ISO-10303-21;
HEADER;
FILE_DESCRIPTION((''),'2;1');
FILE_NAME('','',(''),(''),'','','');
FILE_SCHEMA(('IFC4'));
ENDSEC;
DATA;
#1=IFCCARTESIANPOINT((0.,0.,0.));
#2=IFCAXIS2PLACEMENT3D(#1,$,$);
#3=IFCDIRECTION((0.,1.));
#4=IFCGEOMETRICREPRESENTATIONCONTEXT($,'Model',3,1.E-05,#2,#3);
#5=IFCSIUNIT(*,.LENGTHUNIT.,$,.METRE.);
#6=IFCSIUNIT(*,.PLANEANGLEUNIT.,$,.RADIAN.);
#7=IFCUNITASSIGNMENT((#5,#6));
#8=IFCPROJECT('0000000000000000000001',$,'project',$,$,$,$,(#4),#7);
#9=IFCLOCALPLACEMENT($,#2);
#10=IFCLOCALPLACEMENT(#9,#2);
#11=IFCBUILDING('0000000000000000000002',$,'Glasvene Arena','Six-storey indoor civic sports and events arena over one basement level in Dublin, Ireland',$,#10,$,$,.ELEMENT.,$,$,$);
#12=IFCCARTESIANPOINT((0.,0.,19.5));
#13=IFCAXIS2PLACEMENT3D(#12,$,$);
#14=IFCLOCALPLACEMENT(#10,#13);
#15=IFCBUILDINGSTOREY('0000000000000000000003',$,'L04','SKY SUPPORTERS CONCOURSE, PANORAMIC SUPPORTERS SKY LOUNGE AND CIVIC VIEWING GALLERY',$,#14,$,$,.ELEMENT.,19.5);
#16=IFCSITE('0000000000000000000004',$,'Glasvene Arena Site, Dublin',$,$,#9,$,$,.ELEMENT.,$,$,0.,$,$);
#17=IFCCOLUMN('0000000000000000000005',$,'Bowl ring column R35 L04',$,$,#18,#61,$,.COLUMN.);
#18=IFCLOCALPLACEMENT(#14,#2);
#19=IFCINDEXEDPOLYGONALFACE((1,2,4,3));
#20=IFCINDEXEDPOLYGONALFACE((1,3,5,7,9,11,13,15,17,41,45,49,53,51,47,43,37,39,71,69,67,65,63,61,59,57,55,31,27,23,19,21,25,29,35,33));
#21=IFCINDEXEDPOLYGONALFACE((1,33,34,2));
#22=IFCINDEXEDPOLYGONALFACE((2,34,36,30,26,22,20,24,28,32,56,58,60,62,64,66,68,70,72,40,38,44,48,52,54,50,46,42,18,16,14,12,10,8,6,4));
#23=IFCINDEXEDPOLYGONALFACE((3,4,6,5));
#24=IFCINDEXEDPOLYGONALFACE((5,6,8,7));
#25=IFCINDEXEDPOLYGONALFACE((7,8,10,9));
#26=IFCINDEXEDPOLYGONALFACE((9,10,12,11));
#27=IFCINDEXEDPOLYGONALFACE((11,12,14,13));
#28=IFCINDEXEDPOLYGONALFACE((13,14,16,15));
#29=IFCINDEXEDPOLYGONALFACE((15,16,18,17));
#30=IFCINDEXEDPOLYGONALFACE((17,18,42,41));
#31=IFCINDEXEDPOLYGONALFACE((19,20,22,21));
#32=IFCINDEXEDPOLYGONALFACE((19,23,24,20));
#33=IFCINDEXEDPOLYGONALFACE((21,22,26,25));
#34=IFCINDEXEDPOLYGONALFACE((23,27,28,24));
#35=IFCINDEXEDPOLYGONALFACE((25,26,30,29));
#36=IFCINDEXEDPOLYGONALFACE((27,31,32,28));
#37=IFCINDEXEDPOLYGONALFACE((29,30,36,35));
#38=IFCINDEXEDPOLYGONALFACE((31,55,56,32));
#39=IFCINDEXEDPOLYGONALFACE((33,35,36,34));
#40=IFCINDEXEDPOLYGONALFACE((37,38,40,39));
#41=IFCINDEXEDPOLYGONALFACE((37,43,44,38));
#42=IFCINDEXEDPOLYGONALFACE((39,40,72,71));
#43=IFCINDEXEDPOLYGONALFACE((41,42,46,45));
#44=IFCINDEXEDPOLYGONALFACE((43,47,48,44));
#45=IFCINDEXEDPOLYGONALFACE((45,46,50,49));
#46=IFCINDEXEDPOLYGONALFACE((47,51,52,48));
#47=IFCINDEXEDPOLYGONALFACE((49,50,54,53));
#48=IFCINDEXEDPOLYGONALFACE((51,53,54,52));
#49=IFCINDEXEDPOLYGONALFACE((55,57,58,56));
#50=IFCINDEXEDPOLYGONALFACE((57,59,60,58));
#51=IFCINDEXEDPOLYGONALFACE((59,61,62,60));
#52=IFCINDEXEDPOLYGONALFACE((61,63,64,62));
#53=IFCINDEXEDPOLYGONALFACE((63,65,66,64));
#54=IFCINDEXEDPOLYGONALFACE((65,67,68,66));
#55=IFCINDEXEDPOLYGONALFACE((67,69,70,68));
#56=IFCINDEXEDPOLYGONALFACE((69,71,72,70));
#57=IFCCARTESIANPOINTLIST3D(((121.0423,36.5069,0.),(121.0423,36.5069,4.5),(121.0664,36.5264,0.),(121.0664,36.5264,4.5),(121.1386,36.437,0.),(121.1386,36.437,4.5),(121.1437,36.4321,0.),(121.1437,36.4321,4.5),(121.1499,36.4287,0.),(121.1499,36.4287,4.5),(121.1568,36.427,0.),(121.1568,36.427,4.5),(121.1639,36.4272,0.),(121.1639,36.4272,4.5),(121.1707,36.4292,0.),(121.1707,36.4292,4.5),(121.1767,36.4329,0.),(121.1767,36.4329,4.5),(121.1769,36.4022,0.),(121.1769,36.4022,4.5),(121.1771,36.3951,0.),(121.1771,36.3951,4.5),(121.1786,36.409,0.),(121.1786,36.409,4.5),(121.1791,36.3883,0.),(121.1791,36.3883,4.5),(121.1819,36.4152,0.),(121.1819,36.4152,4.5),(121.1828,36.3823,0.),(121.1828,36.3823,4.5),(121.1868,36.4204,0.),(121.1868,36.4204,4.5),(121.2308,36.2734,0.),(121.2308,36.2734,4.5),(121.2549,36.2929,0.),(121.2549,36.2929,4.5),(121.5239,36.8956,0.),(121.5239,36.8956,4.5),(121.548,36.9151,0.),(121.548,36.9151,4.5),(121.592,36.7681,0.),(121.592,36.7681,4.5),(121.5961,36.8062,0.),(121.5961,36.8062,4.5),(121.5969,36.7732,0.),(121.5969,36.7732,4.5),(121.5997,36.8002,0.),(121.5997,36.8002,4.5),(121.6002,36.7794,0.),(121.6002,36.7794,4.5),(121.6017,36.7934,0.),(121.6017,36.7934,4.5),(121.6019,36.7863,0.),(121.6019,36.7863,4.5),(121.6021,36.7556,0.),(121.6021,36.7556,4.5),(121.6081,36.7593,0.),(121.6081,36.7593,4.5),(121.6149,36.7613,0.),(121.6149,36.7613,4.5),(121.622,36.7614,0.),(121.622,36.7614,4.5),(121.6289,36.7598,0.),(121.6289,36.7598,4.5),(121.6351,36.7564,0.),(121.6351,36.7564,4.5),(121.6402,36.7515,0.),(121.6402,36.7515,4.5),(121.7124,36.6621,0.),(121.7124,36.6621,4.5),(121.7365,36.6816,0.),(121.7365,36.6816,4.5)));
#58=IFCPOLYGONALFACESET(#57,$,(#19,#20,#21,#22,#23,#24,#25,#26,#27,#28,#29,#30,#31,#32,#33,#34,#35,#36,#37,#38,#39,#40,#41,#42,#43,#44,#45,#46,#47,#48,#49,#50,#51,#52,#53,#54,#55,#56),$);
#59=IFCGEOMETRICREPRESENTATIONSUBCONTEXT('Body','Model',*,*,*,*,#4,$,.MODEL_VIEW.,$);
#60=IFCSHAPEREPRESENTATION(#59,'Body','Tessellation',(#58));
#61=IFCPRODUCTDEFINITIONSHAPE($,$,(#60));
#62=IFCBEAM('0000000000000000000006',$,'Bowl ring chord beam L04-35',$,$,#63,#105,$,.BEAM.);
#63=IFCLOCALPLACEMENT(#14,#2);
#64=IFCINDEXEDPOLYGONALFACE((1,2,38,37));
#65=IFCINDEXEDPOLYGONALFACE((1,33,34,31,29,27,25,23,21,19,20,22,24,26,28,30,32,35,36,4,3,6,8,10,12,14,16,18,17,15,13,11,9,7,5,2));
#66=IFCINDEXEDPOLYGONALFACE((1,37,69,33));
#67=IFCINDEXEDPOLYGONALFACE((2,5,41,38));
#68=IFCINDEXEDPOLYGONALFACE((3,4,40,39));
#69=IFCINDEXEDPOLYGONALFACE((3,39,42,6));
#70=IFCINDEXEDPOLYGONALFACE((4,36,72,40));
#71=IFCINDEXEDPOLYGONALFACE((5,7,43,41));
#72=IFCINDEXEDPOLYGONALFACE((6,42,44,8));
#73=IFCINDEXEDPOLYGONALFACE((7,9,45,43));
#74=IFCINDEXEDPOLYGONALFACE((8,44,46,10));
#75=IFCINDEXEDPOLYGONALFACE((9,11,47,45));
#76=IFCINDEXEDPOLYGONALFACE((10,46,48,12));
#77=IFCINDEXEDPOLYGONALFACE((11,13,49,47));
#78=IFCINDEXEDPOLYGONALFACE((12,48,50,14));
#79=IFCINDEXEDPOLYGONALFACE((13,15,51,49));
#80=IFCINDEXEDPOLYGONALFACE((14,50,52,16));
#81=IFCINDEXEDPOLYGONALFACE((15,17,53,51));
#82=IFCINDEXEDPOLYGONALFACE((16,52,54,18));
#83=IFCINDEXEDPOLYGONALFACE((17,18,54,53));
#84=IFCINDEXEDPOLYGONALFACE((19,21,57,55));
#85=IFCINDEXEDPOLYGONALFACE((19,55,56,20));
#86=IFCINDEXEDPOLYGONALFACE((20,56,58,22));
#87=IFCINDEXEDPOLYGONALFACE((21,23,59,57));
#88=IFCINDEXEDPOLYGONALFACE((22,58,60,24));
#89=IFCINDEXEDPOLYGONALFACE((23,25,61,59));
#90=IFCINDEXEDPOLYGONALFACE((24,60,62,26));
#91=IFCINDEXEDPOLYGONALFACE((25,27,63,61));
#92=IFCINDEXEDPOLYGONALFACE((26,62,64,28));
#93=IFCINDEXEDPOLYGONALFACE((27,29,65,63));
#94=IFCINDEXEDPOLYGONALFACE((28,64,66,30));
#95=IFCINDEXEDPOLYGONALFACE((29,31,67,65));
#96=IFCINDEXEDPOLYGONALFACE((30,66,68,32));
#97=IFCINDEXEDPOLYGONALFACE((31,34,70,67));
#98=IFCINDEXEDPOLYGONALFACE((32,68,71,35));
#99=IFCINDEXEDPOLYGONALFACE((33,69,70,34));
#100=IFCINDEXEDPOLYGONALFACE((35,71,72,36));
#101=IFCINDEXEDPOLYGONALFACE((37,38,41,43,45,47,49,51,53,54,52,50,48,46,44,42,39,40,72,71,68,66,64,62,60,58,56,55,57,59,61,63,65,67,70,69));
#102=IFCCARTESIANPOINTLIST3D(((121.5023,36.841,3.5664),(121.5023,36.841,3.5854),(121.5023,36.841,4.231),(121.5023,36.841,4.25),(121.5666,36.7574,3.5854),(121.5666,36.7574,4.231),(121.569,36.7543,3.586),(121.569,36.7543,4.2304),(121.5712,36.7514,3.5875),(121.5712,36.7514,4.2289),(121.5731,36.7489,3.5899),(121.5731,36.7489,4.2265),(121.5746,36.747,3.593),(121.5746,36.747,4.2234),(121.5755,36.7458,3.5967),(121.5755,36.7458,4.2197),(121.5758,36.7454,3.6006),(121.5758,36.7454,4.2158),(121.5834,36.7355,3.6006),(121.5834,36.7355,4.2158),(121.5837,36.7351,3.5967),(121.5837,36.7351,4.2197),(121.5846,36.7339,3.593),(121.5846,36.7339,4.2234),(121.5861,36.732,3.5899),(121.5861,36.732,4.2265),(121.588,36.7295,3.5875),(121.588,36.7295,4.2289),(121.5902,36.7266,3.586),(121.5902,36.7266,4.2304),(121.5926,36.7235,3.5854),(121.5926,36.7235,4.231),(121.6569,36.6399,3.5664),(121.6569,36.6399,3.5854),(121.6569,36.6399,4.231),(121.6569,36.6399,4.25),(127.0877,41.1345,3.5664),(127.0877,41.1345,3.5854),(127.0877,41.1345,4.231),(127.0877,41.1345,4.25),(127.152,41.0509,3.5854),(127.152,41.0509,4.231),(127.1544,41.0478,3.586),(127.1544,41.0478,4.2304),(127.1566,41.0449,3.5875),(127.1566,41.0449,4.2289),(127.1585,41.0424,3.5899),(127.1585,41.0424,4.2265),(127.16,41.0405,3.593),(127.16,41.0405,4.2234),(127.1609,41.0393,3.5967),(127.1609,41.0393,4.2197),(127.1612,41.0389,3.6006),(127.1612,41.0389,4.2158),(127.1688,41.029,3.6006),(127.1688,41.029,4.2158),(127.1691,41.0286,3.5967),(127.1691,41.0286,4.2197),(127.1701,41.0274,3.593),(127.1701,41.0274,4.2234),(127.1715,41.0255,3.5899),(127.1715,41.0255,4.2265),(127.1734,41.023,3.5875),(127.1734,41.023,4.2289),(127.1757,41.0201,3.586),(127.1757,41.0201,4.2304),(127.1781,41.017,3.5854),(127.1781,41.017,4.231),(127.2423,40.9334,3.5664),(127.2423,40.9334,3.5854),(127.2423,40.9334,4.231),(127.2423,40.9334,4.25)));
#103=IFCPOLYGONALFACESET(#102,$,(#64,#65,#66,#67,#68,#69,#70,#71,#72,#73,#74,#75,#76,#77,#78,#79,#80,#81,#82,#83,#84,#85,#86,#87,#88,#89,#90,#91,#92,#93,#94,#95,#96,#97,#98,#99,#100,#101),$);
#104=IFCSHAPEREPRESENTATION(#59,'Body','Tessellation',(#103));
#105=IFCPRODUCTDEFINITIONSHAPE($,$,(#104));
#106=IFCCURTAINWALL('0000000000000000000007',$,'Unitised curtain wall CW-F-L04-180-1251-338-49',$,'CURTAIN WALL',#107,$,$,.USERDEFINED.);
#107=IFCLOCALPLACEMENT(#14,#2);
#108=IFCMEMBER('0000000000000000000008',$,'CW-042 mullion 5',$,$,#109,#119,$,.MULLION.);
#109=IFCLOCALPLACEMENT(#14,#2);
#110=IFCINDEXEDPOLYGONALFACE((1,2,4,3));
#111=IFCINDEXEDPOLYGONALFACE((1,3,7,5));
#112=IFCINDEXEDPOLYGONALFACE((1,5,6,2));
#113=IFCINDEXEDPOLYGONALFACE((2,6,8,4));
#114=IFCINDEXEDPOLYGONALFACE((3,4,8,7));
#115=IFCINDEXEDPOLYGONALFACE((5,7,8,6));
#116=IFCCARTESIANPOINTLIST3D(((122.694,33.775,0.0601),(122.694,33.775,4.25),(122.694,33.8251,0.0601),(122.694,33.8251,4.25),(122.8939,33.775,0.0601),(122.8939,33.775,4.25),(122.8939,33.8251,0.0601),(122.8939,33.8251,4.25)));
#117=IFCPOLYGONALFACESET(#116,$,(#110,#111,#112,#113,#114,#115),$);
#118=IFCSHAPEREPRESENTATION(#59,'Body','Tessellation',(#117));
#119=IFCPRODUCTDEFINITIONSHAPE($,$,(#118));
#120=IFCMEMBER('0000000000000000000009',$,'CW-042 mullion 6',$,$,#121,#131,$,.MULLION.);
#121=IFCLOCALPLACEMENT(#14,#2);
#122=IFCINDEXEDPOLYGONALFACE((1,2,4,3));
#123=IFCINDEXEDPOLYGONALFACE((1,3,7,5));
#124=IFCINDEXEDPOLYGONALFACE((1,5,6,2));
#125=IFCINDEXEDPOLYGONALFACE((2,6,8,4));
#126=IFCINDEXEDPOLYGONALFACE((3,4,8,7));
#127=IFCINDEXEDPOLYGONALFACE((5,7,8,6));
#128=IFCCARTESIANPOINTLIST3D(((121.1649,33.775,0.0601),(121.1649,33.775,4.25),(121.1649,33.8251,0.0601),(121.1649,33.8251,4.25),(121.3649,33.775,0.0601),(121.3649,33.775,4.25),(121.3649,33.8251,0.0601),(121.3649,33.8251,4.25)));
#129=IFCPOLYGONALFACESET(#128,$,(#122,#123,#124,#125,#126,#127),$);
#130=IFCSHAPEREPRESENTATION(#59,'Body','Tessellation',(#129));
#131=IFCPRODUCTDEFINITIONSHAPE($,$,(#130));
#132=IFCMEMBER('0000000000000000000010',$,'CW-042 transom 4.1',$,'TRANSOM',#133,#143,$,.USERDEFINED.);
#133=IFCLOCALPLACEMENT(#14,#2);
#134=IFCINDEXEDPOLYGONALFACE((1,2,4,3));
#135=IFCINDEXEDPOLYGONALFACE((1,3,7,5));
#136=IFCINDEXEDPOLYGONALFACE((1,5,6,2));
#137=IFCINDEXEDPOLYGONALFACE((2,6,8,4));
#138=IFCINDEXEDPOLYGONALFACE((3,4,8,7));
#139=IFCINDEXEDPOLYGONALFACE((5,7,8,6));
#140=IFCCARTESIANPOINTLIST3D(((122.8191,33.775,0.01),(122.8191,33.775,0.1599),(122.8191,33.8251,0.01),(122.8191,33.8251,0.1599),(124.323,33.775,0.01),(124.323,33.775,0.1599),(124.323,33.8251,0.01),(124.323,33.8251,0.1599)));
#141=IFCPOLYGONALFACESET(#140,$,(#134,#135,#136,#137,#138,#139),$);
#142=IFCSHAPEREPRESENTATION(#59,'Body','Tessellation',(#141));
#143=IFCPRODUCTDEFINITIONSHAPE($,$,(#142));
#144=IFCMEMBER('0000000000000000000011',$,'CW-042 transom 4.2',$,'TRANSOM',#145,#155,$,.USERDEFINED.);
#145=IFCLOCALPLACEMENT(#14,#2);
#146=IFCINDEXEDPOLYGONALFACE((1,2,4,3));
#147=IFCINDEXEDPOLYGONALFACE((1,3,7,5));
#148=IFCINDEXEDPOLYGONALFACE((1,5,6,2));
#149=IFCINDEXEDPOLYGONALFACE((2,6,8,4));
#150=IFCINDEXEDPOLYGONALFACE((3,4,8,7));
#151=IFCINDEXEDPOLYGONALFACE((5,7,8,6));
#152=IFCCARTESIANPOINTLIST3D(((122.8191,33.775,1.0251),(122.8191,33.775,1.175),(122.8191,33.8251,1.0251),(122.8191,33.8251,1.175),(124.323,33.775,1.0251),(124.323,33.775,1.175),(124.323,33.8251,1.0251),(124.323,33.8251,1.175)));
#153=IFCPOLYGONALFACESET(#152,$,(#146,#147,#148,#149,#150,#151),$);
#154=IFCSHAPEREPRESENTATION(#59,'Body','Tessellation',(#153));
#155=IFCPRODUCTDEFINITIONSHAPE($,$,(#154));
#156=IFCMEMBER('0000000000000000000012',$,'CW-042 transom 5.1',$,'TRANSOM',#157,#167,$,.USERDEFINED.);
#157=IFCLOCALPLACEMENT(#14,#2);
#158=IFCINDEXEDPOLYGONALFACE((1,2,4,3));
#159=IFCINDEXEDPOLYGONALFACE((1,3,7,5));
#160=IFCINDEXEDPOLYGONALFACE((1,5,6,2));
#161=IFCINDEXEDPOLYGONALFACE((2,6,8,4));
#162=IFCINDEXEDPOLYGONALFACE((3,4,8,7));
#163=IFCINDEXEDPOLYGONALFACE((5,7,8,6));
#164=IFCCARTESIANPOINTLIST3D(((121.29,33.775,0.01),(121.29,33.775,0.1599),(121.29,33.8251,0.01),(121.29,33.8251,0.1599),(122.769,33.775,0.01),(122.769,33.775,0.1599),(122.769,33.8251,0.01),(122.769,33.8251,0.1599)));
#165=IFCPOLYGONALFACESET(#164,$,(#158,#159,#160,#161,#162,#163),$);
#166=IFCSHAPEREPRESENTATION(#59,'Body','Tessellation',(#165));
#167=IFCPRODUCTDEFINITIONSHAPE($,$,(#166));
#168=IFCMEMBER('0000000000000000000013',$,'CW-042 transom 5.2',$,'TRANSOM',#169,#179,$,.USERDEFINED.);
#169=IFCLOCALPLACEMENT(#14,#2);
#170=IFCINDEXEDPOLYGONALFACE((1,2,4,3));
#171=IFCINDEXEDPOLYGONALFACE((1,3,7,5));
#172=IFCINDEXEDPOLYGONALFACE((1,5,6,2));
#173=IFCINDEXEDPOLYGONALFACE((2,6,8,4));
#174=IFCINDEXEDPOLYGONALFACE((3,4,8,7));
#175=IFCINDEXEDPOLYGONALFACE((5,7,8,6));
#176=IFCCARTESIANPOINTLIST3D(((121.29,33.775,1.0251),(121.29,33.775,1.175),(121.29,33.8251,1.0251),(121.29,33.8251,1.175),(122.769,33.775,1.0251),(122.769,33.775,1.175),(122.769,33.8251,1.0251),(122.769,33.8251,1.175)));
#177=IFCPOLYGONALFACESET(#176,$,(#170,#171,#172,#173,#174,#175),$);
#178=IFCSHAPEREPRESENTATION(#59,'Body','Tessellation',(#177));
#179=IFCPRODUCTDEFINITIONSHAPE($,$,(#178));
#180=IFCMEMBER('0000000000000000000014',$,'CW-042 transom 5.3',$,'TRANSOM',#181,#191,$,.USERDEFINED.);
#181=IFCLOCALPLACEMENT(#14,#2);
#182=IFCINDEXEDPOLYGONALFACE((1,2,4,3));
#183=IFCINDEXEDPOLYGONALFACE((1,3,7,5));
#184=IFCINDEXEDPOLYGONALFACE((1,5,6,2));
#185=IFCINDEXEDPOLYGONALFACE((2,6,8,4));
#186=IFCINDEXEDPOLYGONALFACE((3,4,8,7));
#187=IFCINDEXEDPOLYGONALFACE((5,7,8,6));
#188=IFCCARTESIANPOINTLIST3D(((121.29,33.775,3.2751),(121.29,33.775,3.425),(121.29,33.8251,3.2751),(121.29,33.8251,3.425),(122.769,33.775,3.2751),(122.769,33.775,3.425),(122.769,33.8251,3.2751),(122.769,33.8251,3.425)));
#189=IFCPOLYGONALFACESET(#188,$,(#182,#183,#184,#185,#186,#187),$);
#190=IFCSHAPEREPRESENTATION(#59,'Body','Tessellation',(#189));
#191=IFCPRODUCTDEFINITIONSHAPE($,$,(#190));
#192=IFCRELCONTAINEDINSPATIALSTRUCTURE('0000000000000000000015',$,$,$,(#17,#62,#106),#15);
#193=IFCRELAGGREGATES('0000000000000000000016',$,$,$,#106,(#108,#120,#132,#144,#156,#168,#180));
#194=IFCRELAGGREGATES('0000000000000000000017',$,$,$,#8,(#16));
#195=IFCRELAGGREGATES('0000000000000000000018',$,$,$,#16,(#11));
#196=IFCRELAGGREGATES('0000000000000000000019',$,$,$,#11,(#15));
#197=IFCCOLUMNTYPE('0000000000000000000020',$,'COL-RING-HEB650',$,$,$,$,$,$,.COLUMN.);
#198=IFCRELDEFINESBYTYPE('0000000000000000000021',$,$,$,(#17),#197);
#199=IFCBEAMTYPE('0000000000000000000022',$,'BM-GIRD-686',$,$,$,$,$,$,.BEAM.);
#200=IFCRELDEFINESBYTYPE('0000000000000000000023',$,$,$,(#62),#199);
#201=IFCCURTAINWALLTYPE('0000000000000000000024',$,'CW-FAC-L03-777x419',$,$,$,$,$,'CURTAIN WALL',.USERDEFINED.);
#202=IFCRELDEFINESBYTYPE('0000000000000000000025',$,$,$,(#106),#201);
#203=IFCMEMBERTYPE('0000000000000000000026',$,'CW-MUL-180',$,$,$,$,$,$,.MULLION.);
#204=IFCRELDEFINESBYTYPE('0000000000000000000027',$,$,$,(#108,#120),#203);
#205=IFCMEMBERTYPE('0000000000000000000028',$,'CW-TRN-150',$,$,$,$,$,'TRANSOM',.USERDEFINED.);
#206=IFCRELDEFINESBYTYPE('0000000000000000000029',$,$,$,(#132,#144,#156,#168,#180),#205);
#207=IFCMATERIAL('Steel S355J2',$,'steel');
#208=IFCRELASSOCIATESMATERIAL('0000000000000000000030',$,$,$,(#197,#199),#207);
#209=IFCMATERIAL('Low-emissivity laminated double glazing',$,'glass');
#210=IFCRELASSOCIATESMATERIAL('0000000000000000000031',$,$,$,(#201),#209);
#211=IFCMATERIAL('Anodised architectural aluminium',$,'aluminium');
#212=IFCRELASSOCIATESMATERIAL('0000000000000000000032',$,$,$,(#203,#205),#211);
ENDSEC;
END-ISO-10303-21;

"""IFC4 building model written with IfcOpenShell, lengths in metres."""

from ifc_helpers import new_model, si_unit, direction, frame, origin, origin_2d, place, context, subcontext, project, spatial, rectangle, i_section, extrude, material, material_profile, profile_set, type_object, element, aggregate, save


model = new_model("IFC4")

# Units and contexts
model_context = context("Model", 3, precision=1e-05, world=origin(), true_north=direction((0.0, 1.0)))
body_context = subcontext(model_context, "Body", "Model", "MODEL_VIEW")
ifc_project = project(units=[si_unit("LENGTHUNIT", "METRE"), si_unit("PLANEANGLEUNIT", "RADIAN")], contexts=[model_context])

# Site, building, storey
site_placement = place(None, origin())
site = spatial("IfcSite", under=ifc_project, at=site_placement, Name="Glasvene Arena Site, Dublin", CompositionType="ELEMENT", RefElevation=0.0)
building_placement = place(site_placement, origin())
building = spatial("IfcBuilding", under=site, at=building_placement, Name="Glasvene Arena", Description="Six-storey indoor civic sports and events arena over one basement level in Dublin, Ireland", CompositionType="ELEMENT")
storey_placement = place(building_placement, frame((0.0, 0.0, 19.5)))
storey = spatial("IfcBuildingStorey", under=building, at=storey_placement, Name="L04", Description="SKY SUPPORTERS CONCOURSE, PANORAMIC SUPPORTERS SKY LOUNGE AND CIVIC VIEWING GALLERY", CompositionType="ELEMENT", Elevation=19.5)

# Column
ifc_material_1 = material(Name="Steel S355J2", Category="steel")
ifc_material_profile_1 = material_profile(ifc_material_1, i_section(OverallWidth=0.3, OverallDepth=0.6499, WebThickness=0.0161, FlangeThickness=0.031, FilletRadius=0.0271, at=origin_2d()), Name="HEB 650")
ifc_profile_set_1 = profile_set([ifc_material_profile_1], Name="Steel S355J2")
column_type = type_object("IfcColumnType", Name="COL-RING-HEB650", PredefinedType="COLUMN", material=ifc_profile_set_1)
column_placement = place(storey_placement, frame((121.3894, 36.5942, 0.0), z_axis=(0.0, 0.0, 1.0), x_axis=(0.628099, -0.778134, 0.0)))
element("IfcColumn", 1, at=column_placement, inside=storey, type_object=column_type, Name="Bowl ring column R35 L04", PredefinedType="COLUMN", context=body_context, shape_type="SweptSolid", body=[
    extrude(i_section(OverallWidth=0.3, OverallDepth=0.6499, WebThickness=0.0161, FlangeThickness=0.031, FilletRadius=0.0271, at=origin_2d()), origin(), (0.0, 0.0, 1.0), 4.5),
])

# Beam
ifc_material_profile_2 = material_profile(ifc_material_1, i_section(OverallWidth=0.2537, OverallDepth=0.6836, WebThickness=0.0125, FlangeThickness=0.019, FilletRadius=0.0151, at=origin_2d()), Name="UKB 686x254x140")
ifc_profile_set_2 = profile_set([ifc_material_profile_2], Name="Steel S355J2")
beam_type = type_object("IfcBeamType", Name="BM-GIRD-686", PredefinedType="BEAM", material=ifc_profile_set_2)
beam_placement = place(storey_placement, frame((121.5796, 36.7405, 3.9082), z_axis=(0.792833, 0.609439, 0.0), x_axis=(-0.609439, 0.792833, 0.0)))
element("IfcBeam", 2, at=beam_placement, inside=storey, type_object=beam_type, Name="Bowl ring chord beam L04-35", PredefinedType="BEAM", context=body_context, shape_type="SweptSolid", body=[
    extrude(i_section(OverallWidth=0.2537, OverallDepth=0.6836, WebThickness=0.0125, FlangeThickness=0.019, FilletRadius=0.0151, at=origin_2d()), origin(), (0.0, 0.0, 1.0), 7.0449),
])

# Curtain wall, members
ifc_material_2 = material(Name="Low-emissivity laminated double glazing", Category="glass")
curtain_wall_type = type_object("IfcCurtainWallType", Name="CW-FAC-L03-777x419", ElementType="CURTAIN WALL", PredefinedType="USERDEFINED", material=ifc_material_2)
curtain_wall_placement = place(storey_placement, frame((129.01, 33.8, 0.0)))
curtain_wall = element("IfcCurtainWall", 3, at=curtain_wall_placement, inside=storey, type_object=curtain_wall_type, Name="Unitised curtain wall CW-F-L04-180-1251-338-49", ObjectType="CURTAIN WALL", PredefinedType="USERDEFINED")
ifc_material_3 = material(Name="Anodised architectural aluminium", Category="aluminium")
ifc_material_profile_3 = material_profile(ifc_material_3, rectangle(XDim=0.05, YDim=0.2, at=origin_2d()), Name="ALU MULLION 50x200")
ifc_profile_set_3 = profile_set([ifc_material_profile_3], Name="Anodised architectural aluminium")
member_type_1 = type_object("IfcMemberType", Name="CW-MUL-180", PredefinedType="MULLION", material=ifc_profile_set_3)
member_1_placement = place(storey_placement, frame((122.7939, 33.8, 0.0601), z_axis=(0.0, 0.0, 1.0), x_axis=(0.0, -1.0, 0.0)))
member_1 = element("IfcMember", 4, at=member_1_placement, type_object=member_type_1, Name="CW-042 mullion 5", PredefinedType="MULLION", context=body_context, shape_type="SweptSolid", body=[
    extrude(rectangle(XDim=0.05, YDim=0.2, at=origin_2d()), origin(), (0.0, 0.0, 1.0), 4.1899),
])
member_2_placement = place(storey_placement, frame((121.2649, 33.8, 0.0601), z_axis=(0.0, 0.0, 1.0), x_axis=(0.0, -1.0, 0.0)))
member_2 = element("IfcMember", 5, at=member_2_placement, type_object=member_type_1, Name="CW-042 mullion 6", PredefinedType="MULLION", context=body_context, shape_type="SweptSolid", body=[
    extrude(rectangle(XDim=0.05, YDim=0.2, at=origin_2d()), origin(), (0.0, 0.0, 1.0), 4.1899),
])
ifc_material_profile_4 = material_profile(ifc_material_3, rectangle(XDim=0.05, YDim=0.1499, at=origin_2d()), Name="ALU TRANSOM 50x150")
ifc_profile_set_4 = profile_set([ifc_material_profile_4], Name="Anodised architectural aluminium")
member_type_2 = type_object("IfcMemberType", Name="CW-TRN-150", ElementType="TRANSOM", PredefinedType="USERDEFINED", material=ifc_profile_set_4)
member_3_placement = place(storey_placement, frame((124.323, 33.8, 0.085), z_axis=(-1.0, 0.0, 0.0), x_axis=(0.0, -1.0, 0.0)))
member_3 = element("IfcMember", 6, at=member_3_placement, type_object=member_type_2, Name="CW-042 transom 4.1", ObjectType="TRANSOM", PredefinedType="USERDEFINED", context=body_context, shape_type="SweptSolid", body=[
    extrude(rectangle(XDim=0.05, YDim=0.1499, at=origin_2d()), origin(), (0.0, 0.0, 1.0), 1.5039),
])
member_4_placement = place(storey_placement, frame((124.323, 33.8, 1.1001), z_axis=(-1.0, 0.0, 0.0), x_axis=(0.0, -1.0, 0.0)))
member_4 = element("IfcMember", 7, at=member_4_placement, type_object=member_type_2, Name="CW-042 transom 4.2", ObjectType="TRANSOM", PredefinedType="USERDEFINED", context=body_context, shape_type="SweptSolid", body=[
    extrude(rectangle(XDim=0.05, YDim=0.1499, at=origin_2d()), origin(), (0.0, 0.0, 1.0), 1.5039),
])
member_5_placement = place(storey_placement, frame((122.769, 33.8, 0.085), z_axis=(-1.0, 0.0, 0.0), x_axis=(0.0, -1.0, 0.0)))
member_5 = element("IfcMember", 8, at=member_5_placement, type_object=member_type_2, Name="CW-042 transom 5.1", ObjectType="TRANSOM", PredefinedType="USERDEFINED", context=body_context, shape_type="SweptSolid", body=[
    extrude(rectangle(XDim=0.05, YDim=0.1499, at=origin_2d()), origin(), (0.0, 0.0, 1.0), 1.479),
])
member_6_placement = place(storey_placement, frame((122.769, 33.8, 1.1001), z_axis=(-1.0, 0.0, 0.0), x_axis=(0.0, -1.0, 0.0)))
member_6 = element("IfcMember", 9, at=member_6_placement, type_object=member_type_2, Name="CW-042 transom 5.2", ObjectType="TRANSOM", PredefinedType="USERDEFINED", context=body_context, shape_type="SweptSolid", body=[
    extrude(rectangle(XDim=0.05, YDim=0.1499, at=origin_2d()), origin(), (0.0, 0.0, 1.0), 1.479),
])
member_7_placement = place(storey_placement, frame((122.769, 33.8, 3.3501), z_axis=(-1.0, 0.0, 0.0), x_axis=(0.0, -1.0, 0.0)))
member_7 = element("IfcMember", 10, at=member_7_placement, type_object=member_type_2, Name="CW-042 transom 5.3", ObjectType="TRANSOM", PredefinedType="USERDEFINED", context=body_context, shape_type="SweptSolid", body=[
    extrude(rectangle(XDim=0.05, YDim=0.1499, at=origin_2d()), origin(), (0.0, 0.0, 1.0), 1.479),
])
aggregate(curtain_wall, [member_1, member_2, member_3, member_4, member_5, member_6, member_7])

save(model, "model.ifc")
